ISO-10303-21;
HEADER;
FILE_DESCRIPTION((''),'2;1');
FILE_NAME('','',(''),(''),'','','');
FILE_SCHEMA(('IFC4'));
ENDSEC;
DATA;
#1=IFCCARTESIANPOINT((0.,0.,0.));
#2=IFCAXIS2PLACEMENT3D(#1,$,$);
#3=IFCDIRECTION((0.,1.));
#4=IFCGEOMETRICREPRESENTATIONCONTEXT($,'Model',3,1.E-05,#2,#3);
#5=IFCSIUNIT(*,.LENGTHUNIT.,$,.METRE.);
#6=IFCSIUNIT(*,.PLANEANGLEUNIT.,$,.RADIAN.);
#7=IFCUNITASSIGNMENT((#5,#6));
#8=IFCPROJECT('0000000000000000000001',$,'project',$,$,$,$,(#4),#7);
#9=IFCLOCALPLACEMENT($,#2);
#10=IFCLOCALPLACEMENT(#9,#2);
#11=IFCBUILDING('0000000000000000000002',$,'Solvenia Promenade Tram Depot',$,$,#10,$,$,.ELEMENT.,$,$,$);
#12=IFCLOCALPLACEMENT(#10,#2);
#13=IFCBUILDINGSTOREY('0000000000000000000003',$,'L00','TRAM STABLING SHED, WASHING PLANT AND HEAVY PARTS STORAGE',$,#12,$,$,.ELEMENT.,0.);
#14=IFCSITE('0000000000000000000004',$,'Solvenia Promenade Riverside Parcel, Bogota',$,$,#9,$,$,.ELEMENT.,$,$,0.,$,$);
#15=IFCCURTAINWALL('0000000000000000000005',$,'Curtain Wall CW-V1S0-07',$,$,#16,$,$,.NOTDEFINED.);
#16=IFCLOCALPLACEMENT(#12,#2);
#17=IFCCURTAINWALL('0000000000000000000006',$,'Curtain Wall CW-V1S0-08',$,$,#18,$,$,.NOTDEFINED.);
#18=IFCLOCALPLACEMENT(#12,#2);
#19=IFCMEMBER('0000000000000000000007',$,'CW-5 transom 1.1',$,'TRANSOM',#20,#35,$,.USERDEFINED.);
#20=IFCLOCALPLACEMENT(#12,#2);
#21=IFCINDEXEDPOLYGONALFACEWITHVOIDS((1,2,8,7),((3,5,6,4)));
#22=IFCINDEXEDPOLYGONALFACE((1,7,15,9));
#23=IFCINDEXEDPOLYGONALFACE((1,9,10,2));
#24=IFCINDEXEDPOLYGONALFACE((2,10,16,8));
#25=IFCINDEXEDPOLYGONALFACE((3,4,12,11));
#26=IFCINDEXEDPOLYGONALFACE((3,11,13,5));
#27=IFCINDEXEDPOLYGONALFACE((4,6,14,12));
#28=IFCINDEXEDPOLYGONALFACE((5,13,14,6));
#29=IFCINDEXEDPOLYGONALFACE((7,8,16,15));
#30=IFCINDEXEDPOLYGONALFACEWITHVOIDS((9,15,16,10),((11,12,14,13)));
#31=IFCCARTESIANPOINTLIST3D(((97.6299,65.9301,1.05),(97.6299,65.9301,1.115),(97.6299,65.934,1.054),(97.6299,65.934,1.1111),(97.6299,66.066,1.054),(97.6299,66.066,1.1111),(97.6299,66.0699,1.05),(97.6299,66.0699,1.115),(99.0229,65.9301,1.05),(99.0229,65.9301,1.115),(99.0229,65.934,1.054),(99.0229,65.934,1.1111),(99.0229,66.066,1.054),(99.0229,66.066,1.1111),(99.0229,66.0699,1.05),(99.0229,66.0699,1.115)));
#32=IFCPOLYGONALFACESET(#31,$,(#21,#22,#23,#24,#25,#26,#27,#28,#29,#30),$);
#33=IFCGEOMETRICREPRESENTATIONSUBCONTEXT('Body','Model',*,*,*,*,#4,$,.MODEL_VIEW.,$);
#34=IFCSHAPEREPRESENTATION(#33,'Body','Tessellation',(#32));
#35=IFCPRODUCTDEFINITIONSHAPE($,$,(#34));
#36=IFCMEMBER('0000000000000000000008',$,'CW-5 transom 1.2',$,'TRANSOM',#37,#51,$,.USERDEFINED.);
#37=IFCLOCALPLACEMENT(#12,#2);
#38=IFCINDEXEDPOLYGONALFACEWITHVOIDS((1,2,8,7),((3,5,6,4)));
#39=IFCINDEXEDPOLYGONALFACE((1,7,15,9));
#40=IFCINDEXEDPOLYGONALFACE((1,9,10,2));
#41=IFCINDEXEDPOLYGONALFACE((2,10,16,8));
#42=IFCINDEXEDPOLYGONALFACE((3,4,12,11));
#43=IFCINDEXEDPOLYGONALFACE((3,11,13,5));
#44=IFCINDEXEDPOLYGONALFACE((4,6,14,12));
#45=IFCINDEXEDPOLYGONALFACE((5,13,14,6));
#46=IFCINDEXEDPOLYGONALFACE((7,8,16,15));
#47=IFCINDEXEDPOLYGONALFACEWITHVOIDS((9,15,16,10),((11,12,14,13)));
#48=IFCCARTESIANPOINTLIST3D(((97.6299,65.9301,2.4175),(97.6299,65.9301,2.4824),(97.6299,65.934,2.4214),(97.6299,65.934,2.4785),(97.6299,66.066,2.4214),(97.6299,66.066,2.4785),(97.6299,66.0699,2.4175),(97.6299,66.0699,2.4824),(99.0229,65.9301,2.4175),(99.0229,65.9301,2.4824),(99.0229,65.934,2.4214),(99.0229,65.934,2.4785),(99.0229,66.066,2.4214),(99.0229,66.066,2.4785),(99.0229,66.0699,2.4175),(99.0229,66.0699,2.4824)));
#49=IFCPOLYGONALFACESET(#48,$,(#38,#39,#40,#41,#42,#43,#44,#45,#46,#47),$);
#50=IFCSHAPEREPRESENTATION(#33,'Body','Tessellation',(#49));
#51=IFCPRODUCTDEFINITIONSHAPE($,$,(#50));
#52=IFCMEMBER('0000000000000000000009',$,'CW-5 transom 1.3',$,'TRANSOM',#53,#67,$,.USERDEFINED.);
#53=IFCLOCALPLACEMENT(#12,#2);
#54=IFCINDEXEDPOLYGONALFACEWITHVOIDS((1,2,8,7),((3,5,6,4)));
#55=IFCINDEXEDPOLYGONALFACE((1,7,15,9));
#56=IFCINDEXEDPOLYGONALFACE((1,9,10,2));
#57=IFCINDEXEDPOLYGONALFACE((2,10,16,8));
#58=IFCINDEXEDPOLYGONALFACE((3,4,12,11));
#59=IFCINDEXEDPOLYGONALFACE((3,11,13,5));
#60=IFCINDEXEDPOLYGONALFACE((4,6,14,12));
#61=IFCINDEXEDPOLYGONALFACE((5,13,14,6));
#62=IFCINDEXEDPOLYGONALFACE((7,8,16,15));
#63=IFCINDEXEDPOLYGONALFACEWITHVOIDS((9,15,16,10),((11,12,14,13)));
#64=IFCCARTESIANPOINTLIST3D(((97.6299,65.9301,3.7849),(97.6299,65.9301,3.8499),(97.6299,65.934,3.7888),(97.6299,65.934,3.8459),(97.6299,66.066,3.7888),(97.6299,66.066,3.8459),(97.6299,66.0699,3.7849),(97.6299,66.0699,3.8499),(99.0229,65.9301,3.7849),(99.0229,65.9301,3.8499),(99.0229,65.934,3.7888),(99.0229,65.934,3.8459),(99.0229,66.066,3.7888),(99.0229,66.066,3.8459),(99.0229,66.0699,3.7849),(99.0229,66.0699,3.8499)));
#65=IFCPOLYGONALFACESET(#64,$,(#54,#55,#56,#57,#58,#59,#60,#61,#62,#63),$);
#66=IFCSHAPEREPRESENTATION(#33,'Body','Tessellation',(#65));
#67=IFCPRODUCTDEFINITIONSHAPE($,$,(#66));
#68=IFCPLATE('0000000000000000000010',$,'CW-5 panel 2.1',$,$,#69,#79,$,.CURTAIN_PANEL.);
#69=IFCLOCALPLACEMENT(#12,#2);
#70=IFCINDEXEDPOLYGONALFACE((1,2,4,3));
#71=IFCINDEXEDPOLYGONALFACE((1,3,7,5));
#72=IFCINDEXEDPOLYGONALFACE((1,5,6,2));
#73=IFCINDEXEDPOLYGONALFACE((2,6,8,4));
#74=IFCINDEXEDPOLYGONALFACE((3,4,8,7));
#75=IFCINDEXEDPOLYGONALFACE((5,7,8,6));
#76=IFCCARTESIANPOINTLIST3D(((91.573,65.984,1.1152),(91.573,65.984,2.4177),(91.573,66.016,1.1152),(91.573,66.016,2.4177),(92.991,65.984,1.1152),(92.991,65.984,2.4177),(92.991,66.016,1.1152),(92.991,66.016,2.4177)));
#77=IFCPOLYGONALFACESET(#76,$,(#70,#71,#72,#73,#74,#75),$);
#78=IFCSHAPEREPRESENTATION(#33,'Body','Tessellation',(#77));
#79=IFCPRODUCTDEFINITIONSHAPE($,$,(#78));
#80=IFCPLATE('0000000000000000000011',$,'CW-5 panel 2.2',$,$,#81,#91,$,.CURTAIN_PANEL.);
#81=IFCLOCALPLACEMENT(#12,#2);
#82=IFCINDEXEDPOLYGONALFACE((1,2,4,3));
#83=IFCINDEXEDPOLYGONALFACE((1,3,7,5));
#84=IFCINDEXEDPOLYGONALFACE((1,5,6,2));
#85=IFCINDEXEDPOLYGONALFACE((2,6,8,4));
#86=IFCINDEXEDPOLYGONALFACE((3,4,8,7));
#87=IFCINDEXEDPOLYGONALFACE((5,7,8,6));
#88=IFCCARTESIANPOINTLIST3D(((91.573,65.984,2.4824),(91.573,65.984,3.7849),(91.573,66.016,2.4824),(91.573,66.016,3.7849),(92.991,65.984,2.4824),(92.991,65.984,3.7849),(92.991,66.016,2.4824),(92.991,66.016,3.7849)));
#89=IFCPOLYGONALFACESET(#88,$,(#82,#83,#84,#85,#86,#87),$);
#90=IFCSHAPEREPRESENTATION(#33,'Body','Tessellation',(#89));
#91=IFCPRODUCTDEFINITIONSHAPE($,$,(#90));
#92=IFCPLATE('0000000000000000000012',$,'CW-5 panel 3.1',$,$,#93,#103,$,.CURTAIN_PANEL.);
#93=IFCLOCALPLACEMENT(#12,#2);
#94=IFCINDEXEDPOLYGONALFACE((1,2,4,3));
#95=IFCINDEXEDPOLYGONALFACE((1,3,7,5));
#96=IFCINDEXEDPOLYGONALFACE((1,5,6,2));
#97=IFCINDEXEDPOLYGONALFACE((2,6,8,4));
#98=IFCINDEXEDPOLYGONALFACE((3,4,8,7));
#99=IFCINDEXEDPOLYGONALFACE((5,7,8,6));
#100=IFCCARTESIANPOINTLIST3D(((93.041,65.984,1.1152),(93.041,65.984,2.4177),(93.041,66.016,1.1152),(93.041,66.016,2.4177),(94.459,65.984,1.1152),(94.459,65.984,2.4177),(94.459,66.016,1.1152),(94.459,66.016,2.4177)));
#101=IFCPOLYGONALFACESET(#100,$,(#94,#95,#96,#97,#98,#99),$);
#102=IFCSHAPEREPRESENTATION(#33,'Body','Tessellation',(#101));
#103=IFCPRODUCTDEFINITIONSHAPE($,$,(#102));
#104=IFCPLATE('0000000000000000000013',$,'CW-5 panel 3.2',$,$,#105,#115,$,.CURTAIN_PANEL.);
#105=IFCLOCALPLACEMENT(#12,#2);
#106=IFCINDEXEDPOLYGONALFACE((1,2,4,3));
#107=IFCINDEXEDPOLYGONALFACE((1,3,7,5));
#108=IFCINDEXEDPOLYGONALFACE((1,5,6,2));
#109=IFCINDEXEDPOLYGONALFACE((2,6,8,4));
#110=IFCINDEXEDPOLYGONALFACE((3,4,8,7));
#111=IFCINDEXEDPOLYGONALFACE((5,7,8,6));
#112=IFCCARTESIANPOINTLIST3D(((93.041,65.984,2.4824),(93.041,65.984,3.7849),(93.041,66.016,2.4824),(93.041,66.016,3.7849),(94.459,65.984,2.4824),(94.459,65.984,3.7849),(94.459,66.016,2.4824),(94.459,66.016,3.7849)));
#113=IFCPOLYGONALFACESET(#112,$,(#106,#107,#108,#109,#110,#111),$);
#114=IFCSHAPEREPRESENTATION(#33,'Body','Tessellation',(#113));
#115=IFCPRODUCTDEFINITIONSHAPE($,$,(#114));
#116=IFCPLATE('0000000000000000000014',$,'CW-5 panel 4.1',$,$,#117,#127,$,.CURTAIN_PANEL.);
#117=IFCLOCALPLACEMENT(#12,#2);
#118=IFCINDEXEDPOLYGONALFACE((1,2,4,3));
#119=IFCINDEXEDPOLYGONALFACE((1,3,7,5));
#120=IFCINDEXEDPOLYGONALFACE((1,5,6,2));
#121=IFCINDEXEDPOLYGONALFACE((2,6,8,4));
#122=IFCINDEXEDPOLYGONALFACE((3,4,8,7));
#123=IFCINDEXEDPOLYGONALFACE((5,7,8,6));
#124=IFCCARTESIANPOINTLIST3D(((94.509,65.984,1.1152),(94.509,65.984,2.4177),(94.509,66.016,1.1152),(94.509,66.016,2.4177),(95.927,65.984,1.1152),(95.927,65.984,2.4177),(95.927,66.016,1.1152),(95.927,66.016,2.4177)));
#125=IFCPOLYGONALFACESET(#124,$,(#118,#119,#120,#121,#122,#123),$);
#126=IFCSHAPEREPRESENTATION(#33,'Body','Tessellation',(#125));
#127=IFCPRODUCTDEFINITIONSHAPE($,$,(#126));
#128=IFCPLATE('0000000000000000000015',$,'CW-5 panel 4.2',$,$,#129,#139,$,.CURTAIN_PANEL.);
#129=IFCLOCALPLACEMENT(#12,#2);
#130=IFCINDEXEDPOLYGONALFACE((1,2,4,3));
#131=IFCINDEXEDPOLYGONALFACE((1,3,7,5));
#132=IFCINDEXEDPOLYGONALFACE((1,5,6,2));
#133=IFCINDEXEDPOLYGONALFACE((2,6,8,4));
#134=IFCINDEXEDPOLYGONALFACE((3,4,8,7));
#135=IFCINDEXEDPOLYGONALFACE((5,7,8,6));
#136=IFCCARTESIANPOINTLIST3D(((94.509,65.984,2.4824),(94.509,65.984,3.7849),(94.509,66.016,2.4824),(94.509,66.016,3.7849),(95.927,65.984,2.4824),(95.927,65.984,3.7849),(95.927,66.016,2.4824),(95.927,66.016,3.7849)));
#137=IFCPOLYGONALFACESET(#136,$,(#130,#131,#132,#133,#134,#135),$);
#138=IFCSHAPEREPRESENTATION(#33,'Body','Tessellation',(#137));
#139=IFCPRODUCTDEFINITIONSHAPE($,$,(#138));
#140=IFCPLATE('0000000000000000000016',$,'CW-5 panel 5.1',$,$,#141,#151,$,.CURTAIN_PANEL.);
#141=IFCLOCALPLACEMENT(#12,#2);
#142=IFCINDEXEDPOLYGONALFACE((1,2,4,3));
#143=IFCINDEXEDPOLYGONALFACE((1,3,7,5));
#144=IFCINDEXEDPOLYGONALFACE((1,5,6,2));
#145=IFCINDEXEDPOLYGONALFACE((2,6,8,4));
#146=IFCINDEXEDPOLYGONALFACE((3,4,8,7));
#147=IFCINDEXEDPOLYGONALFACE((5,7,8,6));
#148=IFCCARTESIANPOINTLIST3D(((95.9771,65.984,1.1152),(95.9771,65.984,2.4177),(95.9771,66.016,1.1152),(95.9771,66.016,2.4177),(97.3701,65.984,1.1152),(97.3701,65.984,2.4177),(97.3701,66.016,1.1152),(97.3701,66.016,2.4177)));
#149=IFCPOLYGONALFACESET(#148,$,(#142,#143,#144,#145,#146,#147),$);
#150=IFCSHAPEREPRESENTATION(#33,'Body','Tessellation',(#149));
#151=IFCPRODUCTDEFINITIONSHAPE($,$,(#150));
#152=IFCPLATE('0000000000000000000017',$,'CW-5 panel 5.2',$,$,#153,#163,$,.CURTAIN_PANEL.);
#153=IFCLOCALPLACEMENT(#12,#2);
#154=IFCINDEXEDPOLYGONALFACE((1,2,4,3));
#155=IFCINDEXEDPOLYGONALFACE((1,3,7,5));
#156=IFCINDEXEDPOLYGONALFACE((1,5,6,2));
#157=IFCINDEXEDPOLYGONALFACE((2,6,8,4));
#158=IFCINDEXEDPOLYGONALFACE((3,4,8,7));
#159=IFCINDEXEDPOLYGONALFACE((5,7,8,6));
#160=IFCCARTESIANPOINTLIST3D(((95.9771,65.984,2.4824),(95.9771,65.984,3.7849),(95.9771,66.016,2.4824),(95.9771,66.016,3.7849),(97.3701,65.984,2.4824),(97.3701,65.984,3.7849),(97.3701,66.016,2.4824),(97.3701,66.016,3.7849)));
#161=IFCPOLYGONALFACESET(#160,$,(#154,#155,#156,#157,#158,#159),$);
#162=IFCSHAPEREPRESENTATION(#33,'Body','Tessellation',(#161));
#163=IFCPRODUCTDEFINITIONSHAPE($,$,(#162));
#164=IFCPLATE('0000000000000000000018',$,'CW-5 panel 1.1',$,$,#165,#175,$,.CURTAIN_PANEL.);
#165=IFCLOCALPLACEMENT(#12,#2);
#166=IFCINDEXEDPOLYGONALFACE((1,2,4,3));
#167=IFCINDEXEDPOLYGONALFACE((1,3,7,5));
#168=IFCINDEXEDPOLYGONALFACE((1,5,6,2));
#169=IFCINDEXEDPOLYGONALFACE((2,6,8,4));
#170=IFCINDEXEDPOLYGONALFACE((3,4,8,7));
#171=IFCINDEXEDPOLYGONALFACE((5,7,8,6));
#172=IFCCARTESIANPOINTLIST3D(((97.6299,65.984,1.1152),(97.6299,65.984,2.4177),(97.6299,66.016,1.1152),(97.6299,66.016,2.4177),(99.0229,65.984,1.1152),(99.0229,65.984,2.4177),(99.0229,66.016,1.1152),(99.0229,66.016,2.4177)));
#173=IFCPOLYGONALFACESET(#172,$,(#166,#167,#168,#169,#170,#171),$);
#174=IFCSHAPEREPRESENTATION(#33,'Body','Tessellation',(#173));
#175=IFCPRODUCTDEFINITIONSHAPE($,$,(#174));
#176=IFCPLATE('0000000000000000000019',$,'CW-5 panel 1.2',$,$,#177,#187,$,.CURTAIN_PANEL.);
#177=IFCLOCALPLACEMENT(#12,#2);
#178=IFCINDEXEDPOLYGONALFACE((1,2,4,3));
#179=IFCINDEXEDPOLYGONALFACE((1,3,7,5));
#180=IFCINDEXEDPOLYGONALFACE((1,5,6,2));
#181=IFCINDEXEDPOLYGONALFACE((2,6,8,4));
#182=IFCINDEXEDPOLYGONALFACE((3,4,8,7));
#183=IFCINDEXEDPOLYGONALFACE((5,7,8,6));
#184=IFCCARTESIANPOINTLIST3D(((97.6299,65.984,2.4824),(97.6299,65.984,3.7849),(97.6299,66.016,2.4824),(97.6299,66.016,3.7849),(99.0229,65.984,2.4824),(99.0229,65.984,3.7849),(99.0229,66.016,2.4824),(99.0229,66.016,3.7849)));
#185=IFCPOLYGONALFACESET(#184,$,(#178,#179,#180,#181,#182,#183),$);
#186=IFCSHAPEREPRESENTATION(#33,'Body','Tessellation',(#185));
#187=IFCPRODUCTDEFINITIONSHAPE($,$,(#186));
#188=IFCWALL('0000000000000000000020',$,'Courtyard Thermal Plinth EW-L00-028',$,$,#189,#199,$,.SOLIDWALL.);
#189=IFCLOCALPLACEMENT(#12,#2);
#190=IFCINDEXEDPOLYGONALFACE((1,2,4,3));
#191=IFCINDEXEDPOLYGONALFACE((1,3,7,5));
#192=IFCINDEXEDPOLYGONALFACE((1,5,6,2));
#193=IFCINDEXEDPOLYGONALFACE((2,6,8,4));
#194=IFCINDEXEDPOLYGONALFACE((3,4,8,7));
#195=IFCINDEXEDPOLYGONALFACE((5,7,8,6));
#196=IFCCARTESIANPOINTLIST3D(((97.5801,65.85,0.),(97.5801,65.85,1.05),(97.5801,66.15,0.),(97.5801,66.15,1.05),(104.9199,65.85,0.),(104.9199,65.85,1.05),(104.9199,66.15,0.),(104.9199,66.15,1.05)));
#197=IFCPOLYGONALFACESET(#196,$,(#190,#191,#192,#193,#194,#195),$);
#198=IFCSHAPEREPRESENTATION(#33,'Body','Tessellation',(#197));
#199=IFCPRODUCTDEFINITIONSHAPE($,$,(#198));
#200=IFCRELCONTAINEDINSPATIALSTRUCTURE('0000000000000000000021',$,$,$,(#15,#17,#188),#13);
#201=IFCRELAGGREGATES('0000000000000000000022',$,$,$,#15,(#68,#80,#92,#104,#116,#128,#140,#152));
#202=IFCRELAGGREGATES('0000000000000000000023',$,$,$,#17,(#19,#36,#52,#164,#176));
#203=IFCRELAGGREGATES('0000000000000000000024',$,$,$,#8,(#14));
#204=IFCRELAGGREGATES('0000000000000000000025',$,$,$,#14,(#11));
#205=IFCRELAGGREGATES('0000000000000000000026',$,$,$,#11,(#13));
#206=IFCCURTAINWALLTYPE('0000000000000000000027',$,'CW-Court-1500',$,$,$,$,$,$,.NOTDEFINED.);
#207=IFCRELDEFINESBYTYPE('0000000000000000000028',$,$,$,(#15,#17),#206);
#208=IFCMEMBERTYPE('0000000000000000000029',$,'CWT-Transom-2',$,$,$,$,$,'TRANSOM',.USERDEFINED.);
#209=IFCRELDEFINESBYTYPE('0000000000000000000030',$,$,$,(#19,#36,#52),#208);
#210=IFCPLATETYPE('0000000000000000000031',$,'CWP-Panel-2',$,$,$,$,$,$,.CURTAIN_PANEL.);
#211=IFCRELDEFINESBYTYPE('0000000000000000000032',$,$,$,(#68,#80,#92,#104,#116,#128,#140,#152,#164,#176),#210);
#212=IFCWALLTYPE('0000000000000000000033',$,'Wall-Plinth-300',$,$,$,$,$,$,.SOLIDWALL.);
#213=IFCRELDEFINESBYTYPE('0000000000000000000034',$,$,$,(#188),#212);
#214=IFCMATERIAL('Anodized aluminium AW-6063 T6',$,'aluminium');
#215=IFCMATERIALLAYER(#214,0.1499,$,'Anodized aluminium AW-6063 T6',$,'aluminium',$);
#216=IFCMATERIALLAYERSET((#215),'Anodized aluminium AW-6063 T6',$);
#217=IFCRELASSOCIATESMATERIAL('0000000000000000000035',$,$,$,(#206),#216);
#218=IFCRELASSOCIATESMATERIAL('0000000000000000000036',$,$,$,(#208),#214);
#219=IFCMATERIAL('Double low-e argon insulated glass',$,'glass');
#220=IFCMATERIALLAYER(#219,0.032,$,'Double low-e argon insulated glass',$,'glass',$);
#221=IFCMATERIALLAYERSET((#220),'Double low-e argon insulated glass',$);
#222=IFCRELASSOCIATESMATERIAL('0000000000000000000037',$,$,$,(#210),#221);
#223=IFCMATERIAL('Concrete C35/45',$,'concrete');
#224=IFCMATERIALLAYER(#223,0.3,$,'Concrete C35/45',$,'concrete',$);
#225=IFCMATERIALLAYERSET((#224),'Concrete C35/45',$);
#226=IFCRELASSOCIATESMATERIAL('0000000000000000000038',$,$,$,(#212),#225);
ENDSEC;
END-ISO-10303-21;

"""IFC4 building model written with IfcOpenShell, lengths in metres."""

from ifc_helpers import new_model, si_unit, direction, frame, frame_2d, origin, origin_2d, place, context, subcontext, project, spatial, rectangle, hollow_rectangle, extrude, material, layer, layer_set, material_profile, profile_set, type_object, element, aggregate, save


model = new_model("IFC4")

# Units and contexts
model_context = context("Model", 3, precision=1e-05, world=origin(), true_north=direction((0.0, 1.0)))
body_context = subcontext(model_context, "Body", "Model", "MODEL_VIEW")
ifc_project = project(units=[si_unit("LENGTHUNIT", "METRE"), si_unit("PLANEANGLEUNIT", "RADIAN")], contexts=[model_context])

# Site, building, storey
site_placement = place(None, origin())
site = spatial("IfcSite", under=ifc_project, at=site_placement, Name="Solvenia Promenade Riverside Parcel, Bogota", CompositionType="ELEMENT", RefElevation=0.0)
building_placement = place(site_placement, origin())
building = spatial("IfcBuilding", under=site, at=building_placement, Name="Solvenia Promenade Tram Depot", CompositionType="ELEMENT")
storey_placement = place(building_placement, origin())
storey = spatial("IfcBuildingStorey", under=building, at=storey_placement, Name="L00", Description="TRAM STABLING SHED, WASHING PLANT AND HEAVY PARTS STORAGE", CompositionType="ELEMENT", Elevation=0.0)

# Curtain walls
ifc_material_1 = material(Name="Anodized aluminium AW-6063 T6", Category="aluminium")
ifc_layer_1 = layer(ifc_material_1, 0.1499, Name="Anodized aluminium AW-6063 T6", Category="aluminium")
ifc_layer_set_1 = layer_set([ifc_layer_1], Name="Anodized aluminium AW-6063 T6")
curtain_wall_type = type_object("IfcCurtainWallType", Name="CW-Court-1500", PredefinedType="NOTDEFINED", material=ifc_layer_set_1)
curtain_wall_1_placement = place(storey_placement, origin())
curtain_wall_1 = element("IfcCurtainWall", 1, at=curtain_wall_1_placement, inside=storey, type_object=curtain_wall_type, Name="Curtain Wall CW-V1S0-07", PredefinedType="NOTDEFINED")
curtain_wall_2_placement = place(storey_placement, origin())
curtain_wall_2 = element("IfcCurtainWall", 2, at=curtain_wall_2_placement, inside=storey, type_object=curtain_wall_type, Name="Curtain Wall CW-V1S0-08", PredefinedType="NOTDEFINED")

# Members
ifc_material_profile_1 = material_profile(ifc_material_1, hollow_rectangle(XDim=0.1399, YDim=0.0649, WallThickness=0.0039, at=origin_2d()), Name="ALU-T2", Category="aluminium")
ifc_profile_set_1 = profile_set([ifc_material_profile_1], Name="Anodized aluminium AW-6063 T6")
member_type_1 = type_object("IfcMemberType", Name="CWT-Transom-2", ElementType="TRANSOM", PredefinedType="USERDEFINED", material=ifc_profile_set_1)
member_1_placement = place(storey_placement, frame((97.6299, 66.0, 1.0825), z_axis=(1.0, 0.0, 0.0), x_axis=(0.0, 1.0, 0.0)))
member_1 = element("IfcMember", 3, at=member_1_placement, type_object=member_type_1, Name="CW-5 transom 1.1", ObjectType="TRANSOM", PredefinedType="USERDEFINED", context=body_context, shape_type="SweptSolid", body=[
    extrude(hollow_rectangle(XDim=0.1399, YDim=0.0649, WallThickness=0.0039, at=origin_2d()), origin(), (0.0, 0.0, 1.0), 1.3931),
])
member_2_placement = place(storey_placement, frame((97.6299, 66.0, 2.45), z_axis=(1.0, 0.0, 0.0), x_axis=(0.0, 1.0, 0.0)))
member_2 = element("IfcMember", 4, at=member_2_placement, type_object=member_type_1, Name="CW-5 transom 1.2", ObjectType="TRANSOM", PredefinedType="USERDEFINED", context=body_context, shape_type="SweptSolid", body=[
    extrude(hollow_rectangle(XDim=0.1399, YDim=0.0649, WallThickness=0.0039, at=origin_2d()), origin(), (0.0, 0.0, 1.0), 1.3931),
])
member_3_placement = place(storey_placement, frame((97.6299, 66.0, 3.8174), z_axis=(1.0, 0.0, 0.0), x_axis=(0.0, 1.0, 0.0)))
member_3 = element("IfcMember", 5, at=member_3_placement, type_object=member_type_1, Name="CW-5 transom 1.3", ObjectType="TRANSOM", PredefinedType="USERDEFINED", context=body_context, shape_type="SweptSolid", body=[
    extrude(hollow_rectangle(XDim=0.1399, YDim=0.0649, WallThickness=0.0039, at=origin_2d()), origin(), (0.0, 0.0, 1.0), 1.3931),
])

# Plates
ifc_material_2 = material(Name="Double low-e argon insulated glass", Category="glass")
ifc_layer_2 = layer(ifc_material_2, 0.032, Name="Double low-e argon insulated glass", Category="glass")
ifc_layer_set_2 = layer_set([ifc_layer_2], Name="Double low-e argon insulated glass")
plate_type = type_object("IfcPlateType", Name="CWP-Panel-2", PredefinedType="CURTAIN_PANEL", material=ifc_layer_set_2)
plate_1_placement = place(storey_placement, frame((92.282, 66.0, 1.1152), z_axis=(0.0, 0.0, 1.0), x_axis=(1.0, 0.0, 0.0)))
plate_1 = element("IfcPlate", 6, at=plate_1_placement, type_object=plate_type, Name="CW-5 panel 2.1", PredefinedType="CURTAIN_PANEL", context=body_context, shape_type="SweptSolid", body=[
    extrude(rectangle(XDim=1.418, YDim=0.032, at=origin_2d()), origin(), (0.0, 0.0, 1.0), 1.3025),
])
plate_2_placement = place(storey_placement, frame((92.282, 66.0, 2.4824), z_axis=(0.0, 0.0, 1.0), x_axis=(1.0, 0.0, 0.0)))
plate_2 = element("IfcPlate", 7, at=plate_2_placement, type_object=plate_type, Name="CW-5 panel 2.2", PredefinedType="CURTAIN_PANEL", context=body_context, shape_type="SweptSolid", body=[
    extrude(rectangle(XDim=1.418, YDim=0.032, at=origin_2d()), origin(), (0.0, 0.0, 1.0), 1.3025),
])
plate_3_placement = place(storey_placement, frame((93.75, 66.0, 1.1152), z_axis=(0.0, 0.0, 1.0), x_axis=(1.0, 0.0, 0.0)))
plate_3 = element("IfcPlate", 8, at=plate_3_placement, type_object=plate_type, Name="CW-5 panel 3.1", PredefinedType="CURTAIN_PANEL", context=body_context, shape_type="SweptSolid", body=[
    extrude(rectangle(XDim=1.418, YDim=0.032, at=origin_2d()), origin(), (0.0, 0.0, 1.0), 1.3025),
])
plate_4_placement = place(storey_placement, frame((93.75, 66.0, 2.4824), z_axis=(0.0, 0.0, 1.0), x_axis=(1.0, 0.0, 0.0)))
plate_4 = element("IfcPlate", 9, at=plate_4_placement, type_object=plate_type, Name="CW-5 panel 3.2", PredefinedType="CURTAIN_PANEL", context=body_context, shape_type="SweptSolid", body=[
    extrude(rectangle(XDim=1.418, YDim=0.032, at=origin_2d()), origin(), (0.0, 0.0, 1.0), 1.3025),
])
plate_5_placement = place(storey_placement, frame((95.218, 66.0, 1.1152), z_axis=(0.0, 0.0, 1.0), x_axis=(1.0, 0.0, 0.0)))
plate_5 = element("IfcPlate", 10, at=plate_5_placement, type_object=plate_type, Name="CW-5 panel 4.1", PredefinedType="CURTAIN_PANEL", context=body_context, shape_type="SweptSolid", body=[
    extrude(rectangle(XDim=1.418, YDim=0.032, at=origin_2d()), origin(), (0.0, 0.0, 1.0), 1.3025),
])
plate_6_placement = place(storey_placement, frame((95.218, 66.0, 2.4824), z_axis=(0.0, 0.0, 1.0), x_axis=(1.0, 0.0, 0.0)))
plate_6 = element("IfcPlate", 11, at=plate_6_placement, type_object=plate_type, Name="CW-5 panel 4.2", PredefinedType="CURTAIN_PANEL", context=body_context, shape_type="SweptSolid", body=[
    extrude(rectangle(XDim=1.418, YDim=0.032, at=origin_2d()), origin(), (0.0, 0.0, 1.0), 1.3025),
])
plate_7_placement = place(storey_placement, frame((96.6736, 66.0, 1.1152), z_axis=(0.0, 0.0, 1.0), x_axis=(1.0, 0.0, 0.0)))
plate_7 = element("IfcPlate", 12, at=plate_7_placement, type_object=plate_type, Name="CW-5 panel 5.1", PredefinedType="CURTAIN_PANEL", context=body_context, shape_type="SweptSolid", body=[
    extrude(rectangle(XDim=1.3931, YDim=0.032, at=origin_2d()), origin(), (0.0, 0.0, 1.0), 1.3025),
])
plate_8_placement = place(storey_placement, frame((96.6736, 66.0, 2.4824), z_axis=(0.0, 0.0, 1.0), x_axis=(1.0, 0.0, 0.0)))
plate_8 = element("IfcPlate", 13, at=plate_8_placement, type_object=plate_type, Name="CW-5 panel 5.2", PredefinedType="CURTAIN_PANEL", context=body_context, shape_type="SweptSolid", body=[
    extrude(rectangle(XDim=1.3931, YDim=0.032, at=origin_2d()), origin(), (0.0, 0.0, 1.0), 1.3025),
])
aggregate(curtain_wall_1, [plate_1, plate_2, plate_3, plate_4, plate_5, plate_6, plate_7, plate_8])
plate_9_placement = place(storey_placement, frame((98.3264, 66.0, 1.1152), z_axis=(0.0, 0.0, 1.0), x_axis=(1.0, 0.0, 0.0)))
plate_9 = element("IfcPlate", 14, at=plate_9_placement, type_object=plate_type, Name="CW-5 panel 1.1", PredefinedType="CURTAIN_PANEL", context=body_context, shape_type="SweptSolid", body=[
    extrude(rectangle(XDim=1.3931, YDim=0.032, at=origin_2d()), origin(), (0.0, 0.0, 1.0), 1.3025),
])
plate_10_placement = place(storey_placement, frame((98.3264, 66.0, 2.4824), z_axis=(0.0, 0.0, 1.0), x_axis=(1.0, 0.0, 0.0)))
plate_10 = element("IfcPlate", 15, at=plate_10_placement, type_object=plate_type, Name="CW-5 panel 1.2", PredefinedType="CURTAIN_PANEL", context=body_context, shape_type="SweptSolid", body=[
    extrude(rectangle(XDim=1.3931, YDim=0.032, at=origin_2d()), origin(), (0.0, 0.0, 1.0), 1.3025),
])
aggregate(curtain_wall_2, [member_1, member_2, member_3, plate_9, plate_10])

# Wall
ifc_material_3 = material(Name="Concrete C35/45", Category="concrete")
ifc_layer_3 = layer(ifc_material_3, 0.3, Name="Concrete C35/45", Category="concrete")
ifc_layer_set_3 = layer_set([ifc_layer_3], Name="Concrete C35/45")
wall_type = type_object("IfcWallType", Name="Wall-Plinth-300", PredefinedType="SOLIDWALL", material=ifc_layer_set_3)
wall_placement = place(storey_placement, frame((97.5801, 66.0, 0.0), z_axis=(0.0, 0.0, 1.0), x_axis=(1.0, 0.0, 0.0)))
element("IfcWall", 16, at=wall_placement, inside=storey, type_object=wall_type, Name="Courtyard Thermal Plinth EW-L00-028", PredefinedType="SOLIDWALL", context=body_context, shape_type="SweptSolid", body=[
    extrude(rectangle(XDim=7.3398, YDim=0.3, at=frame_2d((3.6699, 0.0))), origin(), (0.0, 0.0, 1.0), 1.05),
])

save(model, "model.ifc")
